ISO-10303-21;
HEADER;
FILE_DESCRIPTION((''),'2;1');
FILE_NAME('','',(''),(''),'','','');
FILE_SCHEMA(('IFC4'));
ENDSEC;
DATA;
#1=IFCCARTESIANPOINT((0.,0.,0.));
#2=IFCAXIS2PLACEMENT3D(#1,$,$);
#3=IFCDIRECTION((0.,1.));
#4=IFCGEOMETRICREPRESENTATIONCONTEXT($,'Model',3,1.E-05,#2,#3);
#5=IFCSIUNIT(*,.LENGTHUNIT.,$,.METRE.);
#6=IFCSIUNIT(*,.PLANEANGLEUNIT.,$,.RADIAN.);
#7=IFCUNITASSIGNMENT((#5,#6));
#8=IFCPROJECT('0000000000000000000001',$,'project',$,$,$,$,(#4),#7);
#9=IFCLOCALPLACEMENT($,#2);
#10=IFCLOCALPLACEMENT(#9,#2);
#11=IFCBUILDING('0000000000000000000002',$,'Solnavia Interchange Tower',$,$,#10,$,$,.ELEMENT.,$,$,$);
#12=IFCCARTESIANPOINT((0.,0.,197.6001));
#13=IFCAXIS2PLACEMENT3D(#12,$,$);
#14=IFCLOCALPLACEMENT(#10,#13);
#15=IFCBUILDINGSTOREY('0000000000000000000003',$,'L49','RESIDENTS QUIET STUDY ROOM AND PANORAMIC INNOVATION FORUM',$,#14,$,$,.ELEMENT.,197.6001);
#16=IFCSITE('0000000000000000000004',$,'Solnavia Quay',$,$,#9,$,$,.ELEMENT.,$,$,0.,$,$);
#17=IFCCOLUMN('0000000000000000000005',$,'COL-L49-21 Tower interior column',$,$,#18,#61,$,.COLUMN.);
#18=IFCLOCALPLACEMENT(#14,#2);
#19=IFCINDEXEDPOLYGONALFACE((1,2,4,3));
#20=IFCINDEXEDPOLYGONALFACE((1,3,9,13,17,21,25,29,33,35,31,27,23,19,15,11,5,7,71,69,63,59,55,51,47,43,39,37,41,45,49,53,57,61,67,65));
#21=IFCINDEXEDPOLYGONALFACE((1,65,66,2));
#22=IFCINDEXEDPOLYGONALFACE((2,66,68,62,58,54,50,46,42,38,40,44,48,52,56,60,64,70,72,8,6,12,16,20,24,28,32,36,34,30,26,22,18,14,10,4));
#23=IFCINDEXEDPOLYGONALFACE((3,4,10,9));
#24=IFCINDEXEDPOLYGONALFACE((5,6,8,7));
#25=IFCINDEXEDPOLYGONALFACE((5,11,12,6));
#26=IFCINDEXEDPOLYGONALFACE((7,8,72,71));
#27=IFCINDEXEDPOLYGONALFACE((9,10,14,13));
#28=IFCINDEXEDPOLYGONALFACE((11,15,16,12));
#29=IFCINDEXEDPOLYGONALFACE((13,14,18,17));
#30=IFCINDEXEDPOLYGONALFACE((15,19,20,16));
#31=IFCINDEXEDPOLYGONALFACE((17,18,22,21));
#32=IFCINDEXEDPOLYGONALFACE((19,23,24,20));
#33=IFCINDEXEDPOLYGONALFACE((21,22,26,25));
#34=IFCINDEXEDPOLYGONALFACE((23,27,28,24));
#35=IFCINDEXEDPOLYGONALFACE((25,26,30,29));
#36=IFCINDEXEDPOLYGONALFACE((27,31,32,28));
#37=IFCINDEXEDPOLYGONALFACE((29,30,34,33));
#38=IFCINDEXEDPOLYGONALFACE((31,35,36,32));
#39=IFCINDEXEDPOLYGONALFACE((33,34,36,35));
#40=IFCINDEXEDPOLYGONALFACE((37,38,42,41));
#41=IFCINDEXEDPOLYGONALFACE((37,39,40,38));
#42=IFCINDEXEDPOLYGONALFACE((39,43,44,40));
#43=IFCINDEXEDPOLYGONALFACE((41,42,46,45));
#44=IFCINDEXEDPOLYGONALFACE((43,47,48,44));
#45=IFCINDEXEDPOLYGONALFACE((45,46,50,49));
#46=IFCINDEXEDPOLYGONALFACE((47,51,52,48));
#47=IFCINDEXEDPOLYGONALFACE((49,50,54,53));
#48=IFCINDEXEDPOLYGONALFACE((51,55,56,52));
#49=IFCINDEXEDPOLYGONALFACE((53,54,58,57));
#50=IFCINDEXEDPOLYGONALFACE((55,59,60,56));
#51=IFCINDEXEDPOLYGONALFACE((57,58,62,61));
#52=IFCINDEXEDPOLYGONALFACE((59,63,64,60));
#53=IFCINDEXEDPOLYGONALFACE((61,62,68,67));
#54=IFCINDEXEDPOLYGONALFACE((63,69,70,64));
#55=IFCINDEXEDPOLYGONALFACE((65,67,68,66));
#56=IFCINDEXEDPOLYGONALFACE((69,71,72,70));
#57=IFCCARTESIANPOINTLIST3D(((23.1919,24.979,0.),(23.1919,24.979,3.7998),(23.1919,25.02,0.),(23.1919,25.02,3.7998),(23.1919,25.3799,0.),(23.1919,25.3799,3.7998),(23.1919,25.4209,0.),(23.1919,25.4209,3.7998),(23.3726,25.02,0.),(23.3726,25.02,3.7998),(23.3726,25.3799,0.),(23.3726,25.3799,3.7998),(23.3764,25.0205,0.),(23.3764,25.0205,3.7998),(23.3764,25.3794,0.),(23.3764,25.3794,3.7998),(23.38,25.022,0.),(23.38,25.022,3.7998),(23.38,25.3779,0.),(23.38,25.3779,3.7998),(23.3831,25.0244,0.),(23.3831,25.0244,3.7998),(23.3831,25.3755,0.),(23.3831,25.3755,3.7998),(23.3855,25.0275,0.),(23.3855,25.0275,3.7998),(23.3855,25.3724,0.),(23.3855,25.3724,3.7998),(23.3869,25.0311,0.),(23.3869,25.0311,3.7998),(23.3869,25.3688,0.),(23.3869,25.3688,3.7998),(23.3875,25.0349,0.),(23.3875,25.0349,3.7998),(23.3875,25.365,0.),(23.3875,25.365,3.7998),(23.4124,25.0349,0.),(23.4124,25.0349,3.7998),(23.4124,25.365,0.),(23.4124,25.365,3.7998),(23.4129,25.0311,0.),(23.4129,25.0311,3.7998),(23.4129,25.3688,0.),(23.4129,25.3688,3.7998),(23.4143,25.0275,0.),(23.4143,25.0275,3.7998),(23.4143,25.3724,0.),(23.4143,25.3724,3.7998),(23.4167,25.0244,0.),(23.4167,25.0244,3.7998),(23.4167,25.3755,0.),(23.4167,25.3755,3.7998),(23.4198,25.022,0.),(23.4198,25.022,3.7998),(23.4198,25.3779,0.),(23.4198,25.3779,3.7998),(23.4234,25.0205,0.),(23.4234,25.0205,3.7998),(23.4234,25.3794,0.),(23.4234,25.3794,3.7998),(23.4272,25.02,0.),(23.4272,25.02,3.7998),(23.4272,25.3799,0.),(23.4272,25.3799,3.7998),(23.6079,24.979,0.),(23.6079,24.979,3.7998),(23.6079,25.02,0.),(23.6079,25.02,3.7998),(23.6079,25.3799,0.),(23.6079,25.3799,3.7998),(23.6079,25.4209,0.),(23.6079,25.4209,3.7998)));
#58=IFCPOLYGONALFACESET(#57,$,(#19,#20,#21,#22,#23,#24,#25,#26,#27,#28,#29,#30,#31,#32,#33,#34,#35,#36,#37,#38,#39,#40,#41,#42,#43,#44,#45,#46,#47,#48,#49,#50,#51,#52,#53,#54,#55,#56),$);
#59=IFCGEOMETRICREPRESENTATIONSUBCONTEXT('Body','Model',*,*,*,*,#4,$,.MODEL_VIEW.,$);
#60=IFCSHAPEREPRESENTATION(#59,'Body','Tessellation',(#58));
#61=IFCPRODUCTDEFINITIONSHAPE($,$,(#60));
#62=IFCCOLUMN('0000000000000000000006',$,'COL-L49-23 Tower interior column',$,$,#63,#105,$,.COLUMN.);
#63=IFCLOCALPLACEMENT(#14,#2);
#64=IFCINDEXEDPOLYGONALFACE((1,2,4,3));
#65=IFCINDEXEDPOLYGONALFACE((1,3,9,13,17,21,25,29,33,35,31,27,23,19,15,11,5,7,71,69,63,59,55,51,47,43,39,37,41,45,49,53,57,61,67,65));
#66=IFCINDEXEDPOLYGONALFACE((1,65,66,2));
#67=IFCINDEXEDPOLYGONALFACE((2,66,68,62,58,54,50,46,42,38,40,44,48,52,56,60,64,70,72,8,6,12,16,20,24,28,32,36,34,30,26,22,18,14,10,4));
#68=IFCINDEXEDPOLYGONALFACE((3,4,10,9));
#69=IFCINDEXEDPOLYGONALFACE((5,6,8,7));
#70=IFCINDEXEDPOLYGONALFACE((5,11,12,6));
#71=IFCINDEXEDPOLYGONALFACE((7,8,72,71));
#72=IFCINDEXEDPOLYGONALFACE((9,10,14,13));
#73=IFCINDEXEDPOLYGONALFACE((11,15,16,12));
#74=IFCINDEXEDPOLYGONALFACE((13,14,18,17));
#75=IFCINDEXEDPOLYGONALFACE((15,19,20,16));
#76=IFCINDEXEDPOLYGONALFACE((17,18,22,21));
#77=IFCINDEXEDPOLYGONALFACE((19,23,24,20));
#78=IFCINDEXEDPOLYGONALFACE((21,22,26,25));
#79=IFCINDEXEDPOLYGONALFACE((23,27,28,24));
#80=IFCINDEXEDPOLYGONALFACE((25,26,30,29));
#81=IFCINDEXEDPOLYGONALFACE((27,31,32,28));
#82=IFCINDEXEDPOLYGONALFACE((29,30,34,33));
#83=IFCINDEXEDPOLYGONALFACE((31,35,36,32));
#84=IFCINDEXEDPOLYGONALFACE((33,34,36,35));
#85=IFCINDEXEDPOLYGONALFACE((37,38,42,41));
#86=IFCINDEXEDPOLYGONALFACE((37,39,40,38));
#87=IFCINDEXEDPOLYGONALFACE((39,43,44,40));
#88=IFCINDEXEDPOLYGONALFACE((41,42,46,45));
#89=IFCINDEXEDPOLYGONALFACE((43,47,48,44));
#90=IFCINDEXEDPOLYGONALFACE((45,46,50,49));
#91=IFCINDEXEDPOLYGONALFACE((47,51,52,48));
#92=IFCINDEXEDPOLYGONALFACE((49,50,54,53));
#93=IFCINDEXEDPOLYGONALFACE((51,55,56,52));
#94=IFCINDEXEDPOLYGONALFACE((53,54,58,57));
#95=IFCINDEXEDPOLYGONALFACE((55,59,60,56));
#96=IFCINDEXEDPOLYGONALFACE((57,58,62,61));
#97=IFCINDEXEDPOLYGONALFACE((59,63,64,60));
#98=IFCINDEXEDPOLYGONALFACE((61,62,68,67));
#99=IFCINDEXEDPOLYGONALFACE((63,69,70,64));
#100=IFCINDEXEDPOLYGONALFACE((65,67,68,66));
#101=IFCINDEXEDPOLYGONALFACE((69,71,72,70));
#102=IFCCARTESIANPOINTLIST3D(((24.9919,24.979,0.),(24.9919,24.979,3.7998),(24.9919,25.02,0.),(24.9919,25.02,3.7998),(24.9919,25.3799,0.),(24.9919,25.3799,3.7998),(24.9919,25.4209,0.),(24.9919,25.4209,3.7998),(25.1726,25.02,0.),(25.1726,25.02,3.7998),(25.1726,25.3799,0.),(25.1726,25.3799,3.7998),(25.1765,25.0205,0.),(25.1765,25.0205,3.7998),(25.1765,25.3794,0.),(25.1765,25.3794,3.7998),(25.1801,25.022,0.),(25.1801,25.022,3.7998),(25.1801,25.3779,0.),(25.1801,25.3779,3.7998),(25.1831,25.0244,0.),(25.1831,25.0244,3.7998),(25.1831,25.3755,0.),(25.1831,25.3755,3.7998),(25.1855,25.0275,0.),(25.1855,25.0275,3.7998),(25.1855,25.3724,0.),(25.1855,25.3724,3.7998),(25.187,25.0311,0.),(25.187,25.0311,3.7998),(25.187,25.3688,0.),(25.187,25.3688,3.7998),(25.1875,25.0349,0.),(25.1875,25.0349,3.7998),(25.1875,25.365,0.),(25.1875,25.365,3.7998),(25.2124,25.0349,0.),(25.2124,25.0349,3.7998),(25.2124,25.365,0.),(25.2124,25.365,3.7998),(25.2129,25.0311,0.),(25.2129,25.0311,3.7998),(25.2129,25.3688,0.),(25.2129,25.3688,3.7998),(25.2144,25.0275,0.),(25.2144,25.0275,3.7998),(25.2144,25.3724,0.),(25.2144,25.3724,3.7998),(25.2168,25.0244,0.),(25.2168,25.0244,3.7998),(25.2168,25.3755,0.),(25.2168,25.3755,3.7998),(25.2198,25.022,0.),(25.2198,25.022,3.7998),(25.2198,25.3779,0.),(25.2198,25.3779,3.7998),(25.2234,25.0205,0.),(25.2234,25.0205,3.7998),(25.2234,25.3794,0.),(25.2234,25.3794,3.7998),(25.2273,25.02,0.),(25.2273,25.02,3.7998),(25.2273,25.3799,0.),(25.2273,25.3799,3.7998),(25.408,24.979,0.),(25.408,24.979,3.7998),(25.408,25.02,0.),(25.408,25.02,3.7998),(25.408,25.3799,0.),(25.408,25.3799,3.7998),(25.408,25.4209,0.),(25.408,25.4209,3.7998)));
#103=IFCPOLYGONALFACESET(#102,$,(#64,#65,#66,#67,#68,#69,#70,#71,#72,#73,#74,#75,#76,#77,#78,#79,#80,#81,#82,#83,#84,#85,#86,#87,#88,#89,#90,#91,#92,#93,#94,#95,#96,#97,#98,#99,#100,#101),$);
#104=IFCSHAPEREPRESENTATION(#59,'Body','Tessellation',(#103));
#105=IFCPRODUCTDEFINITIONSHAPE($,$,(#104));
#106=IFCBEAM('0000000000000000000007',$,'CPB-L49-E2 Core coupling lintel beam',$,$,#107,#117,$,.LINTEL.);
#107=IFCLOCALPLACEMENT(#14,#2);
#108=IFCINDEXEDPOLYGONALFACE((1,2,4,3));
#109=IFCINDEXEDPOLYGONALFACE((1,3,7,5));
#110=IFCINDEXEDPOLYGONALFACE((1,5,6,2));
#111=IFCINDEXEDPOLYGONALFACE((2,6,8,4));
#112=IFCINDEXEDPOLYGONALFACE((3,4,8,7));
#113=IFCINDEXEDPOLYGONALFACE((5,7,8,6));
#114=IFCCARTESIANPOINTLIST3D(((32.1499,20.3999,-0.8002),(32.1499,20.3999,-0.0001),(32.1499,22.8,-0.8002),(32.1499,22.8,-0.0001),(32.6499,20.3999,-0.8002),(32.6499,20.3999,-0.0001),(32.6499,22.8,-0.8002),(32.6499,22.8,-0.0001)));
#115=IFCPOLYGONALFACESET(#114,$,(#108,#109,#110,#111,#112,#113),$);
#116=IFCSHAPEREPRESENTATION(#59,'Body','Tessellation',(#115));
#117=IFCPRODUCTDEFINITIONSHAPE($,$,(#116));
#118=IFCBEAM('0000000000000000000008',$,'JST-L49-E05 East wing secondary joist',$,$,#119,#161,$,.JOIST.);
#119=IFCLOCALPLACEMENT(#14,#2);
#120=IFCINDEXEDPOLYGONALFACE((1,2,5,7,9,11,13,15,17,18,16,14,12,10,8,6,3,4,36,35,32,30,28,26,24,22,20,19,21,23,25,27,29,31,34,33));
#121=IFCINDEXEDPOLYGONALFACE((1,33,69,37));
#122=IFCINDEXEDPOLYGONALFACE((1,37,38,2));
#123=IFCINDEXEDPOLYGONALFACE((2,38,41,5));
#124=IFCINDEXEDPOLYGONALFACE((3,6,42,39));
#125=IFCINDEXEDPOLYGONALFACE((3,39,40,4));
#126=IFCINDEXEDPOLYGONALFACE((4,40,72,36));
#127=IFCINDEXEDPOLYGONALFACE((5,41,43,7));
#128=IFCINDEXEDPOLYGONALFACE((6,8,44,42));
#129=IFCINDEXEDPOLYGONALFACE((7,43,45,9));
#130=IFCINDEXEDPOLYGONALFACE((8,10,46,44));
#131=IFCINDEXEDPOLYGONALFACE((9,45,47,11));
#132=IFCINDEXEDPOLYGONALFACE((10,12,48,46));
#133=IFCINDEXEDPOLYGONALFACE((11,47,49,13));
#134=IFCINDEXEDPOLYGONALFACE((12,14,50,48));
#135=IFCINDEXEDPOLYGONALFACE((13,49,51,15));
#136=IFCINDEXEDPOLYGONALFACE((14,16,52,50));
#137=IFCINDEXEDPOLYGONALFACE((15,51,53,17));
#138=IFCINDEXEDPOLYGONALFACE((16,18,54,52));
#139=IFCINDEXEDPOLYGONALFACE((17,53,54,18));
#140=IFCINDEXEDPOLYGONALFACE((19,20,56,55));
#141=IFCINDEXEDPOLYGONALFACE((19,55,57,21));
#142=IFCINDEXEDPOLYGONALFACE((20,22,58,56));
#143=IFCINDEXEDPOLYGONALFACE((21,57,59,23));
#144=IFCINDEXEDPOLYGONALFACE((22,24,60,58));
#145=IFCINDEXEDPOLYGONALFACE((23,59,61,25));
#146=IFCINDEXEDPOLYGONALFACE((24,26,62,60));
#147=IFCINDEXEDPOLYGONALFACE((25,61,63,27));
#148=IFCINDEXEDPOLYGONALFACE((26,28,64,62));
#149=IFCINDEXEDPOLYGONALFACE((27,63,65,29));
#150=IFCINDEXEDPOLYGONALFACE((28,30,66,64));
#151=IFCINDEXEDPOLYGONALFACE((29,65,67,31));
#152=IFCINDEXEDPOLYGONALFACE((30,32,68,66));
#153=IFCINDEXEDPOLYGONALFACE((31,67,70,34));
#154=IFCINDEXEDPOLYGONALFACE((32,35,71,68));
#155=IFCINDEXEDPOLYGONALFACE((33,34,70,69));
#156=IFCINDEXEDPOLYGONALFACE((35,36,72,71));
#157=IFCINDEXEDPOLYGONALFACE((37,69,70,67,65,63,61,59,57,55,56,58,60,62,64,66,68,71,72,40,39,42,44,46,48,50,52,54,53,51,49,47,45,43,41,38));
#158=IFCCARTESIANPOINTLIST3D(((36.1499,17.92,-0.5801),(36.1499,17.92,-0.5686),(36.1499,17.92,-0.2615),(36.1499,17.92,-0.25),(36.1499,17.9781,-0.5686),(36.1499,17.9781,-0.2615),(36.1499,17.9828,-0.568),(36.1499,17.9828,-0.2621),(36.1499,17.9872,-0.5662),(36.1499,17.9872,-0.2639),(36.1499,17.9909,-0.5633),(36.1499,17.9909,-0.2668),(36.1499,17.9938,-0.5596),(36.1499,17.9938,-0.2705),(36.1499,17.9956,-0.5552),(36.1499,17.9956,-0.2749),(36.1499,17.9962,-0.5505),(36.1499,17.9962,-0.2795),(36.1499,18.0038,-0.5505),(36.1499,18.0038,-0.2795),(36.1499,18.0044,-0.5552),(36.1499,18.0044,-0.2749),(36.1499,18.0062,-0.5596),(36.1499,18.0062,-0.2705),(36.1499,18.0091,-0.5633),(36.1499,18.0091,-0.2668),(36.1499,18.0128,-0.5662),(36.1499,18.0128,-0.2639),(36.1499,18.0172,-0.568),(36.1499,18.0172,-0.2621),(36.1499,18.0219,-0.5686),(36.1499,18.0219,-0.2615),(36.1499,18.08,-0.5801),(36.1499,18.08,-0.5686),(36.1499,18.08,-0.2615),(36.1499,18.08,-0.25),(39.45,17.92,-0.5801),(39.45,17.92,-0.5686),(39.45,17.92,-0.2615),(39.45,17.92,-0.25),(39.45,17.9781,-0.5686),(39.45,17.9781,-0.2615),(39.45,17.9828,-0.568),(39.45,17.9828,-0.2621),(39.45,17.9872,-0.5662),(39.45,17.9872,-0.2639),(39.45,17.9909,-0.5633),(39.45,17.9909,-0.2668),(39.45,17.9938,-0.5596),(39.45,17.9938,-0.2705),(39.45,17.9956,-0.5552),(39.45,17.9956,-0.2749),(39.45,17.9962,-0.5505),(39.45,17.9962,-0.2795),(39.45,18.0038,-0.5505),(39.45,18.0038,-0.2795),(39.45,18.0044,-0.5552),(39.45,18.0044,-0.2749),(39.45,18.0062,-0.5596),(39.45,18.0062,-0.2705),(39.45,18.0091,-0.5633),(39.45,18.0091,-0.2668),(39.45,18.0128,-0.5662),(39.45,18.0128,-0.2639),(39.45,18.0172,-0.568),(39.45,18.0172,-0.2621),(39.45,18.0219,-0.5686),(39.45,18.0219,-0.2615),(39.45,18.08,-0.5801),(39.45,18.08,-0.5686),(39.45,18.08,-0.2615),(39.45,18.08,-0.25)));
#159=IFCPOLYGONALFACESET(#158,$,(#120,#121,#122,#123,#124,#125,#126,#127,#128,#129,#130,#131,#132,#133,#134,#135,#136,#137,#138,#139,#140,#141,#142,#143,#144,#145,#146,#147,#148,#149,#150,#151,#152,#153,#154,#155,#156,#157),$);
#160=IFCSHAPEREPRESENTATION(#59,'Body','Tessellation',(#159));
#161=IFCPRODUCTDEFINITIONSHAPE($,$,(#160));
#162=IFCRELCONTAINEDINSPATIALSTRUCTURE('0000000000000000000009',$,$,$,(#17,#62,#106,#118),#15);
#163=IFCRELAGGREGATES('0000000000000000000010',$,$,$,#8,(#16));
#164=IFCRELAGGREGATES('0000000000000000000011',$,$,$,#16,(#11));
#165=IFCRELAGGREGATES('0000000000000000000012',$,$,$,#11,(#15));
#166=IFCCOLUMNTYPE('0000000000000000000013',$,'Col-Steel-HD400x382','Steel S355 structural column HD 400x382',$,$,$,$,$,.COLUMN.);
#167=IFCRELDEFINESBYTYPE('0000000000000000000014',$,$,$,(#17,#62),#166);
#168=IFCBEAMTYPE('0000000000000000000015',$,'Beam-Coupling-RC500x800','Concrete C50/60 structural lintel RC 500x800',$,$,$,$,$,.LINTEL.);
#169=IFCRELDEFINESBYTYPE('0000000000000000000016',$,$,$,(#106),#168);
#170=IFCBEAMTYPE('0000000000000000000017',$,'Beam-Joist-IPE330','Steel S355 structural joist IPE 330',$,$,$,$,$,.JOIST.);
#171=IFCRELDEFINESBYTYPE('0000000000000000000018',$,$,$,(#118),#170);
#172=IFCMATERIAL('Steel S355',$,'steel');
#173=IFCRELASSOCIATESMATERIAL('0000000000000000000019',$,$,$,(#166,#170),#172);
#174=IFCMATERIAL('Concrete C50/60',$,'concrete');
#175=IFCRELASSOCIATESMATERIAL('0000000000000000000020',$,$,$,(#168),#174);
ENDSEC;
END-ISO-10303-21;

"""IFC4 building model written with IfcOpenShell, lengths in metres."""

from ifc_helpers import new_model, si_unit, direction, frame, origin, origin_2d, place, context, subcontext, project, spatial, rectangle, i_section, extrude, material, material_profile, profile_set, type_object, element, save


model = new_model("IFC4")

# Units and contexts
model_context = context("Model", 3, precision=1e-05, world=origin(), true_north=direction((0.0, 1.0)))
body_context = subcontext(model_context, "Body", "Model", "MODEL_VIEW")
ifc_project = project(units=[si_unit("LENGTHUNIT", "METRE"), si_unit("PLANEANGLEUNIT", "RADIAN")], contexts=[model_context])

# Site, building, storey
site_placement = place(None, origin())
site = spatial("IfcSite", under=ifc_project, at=site_placement, Name="Solnavia Quay", CompositionType="ELEMENT", RefElevation=0.0)
building_placement = place(site_placement, origin())
building = spatial("IfcBuilding", under=site, at=building_placement, Name="Solnavia Interchange Tower", CompositionType="ELEMENT")
storey_placement = place(building_placement, frame((0.0, 0.0, 197.6001)))
storey = spatial("IfcBuildingStorey", under=building, at=storey_placement, Name="L49", Description="RESIDENTS QUIET STUDY ROOM AND PANORAMIC INNOVATION FORUM", CompositionType="ELEMENT", Elevation=197.6001)

# Columns
ifc_material_1 = material(Name="Steel S355", Category="steel")
ifc_material_profile_1 = material_profile(ifc_material_1, i_section(OverallWidth=0.416, OverallDepth=0.4419, WebThickness=0.0249, FlangeThickness=0.041, FilletRadius=0.0149, at=origin_2d()), Name="HD 400x382")
ifc_profile_set_1 = profile_set([ifc_material_profile_1], Name="Steel S355")
column_type = type_object("IfcColumnType", Name="Col-Steel-HD400x382", Description="Steel S355 structural column HD 400x382", PredefinedType="COLUMN", material=ifc_profile_set_1)
for number, where, z_axis, x_axis, name in (
    (1, (23.3999, 25.2, 0.0), (0.0, 0.0, 1.0), (1.0, 0.0, 0.0), "COL-L49-21 Tower interior column"),
    (2, (25.2, 25.2, 0.0), (0.0, 0.0, 1.0), (1.0, 0.0, 0.0), "COL-L49-23 Tower interior column"),
):
    element("IfcColumn", number, at=place(storey_placement, frame(where, z_axis=z_axis, x_axis=x_axis)), inside=storey, type_object=column_type, Name=name, PredefinedType="COLUMN", context=body_context, shape_type="SweptSolid", body=[
        extrude(i_section(OverallWidth=0.416, OverallDepth=0.4419, WebThickness=0.0249, FlangeThickness=0.041, FilletRadius=0.0149, at=origin_2d()), origin(), (0.0, 0.0, 1.0), 3.7998),
    ])

# Beams
ifc_material_2 = material(Name="Concrete C50/60", Category="concrete")
ifc_material_profile_2 = material_profile(ifc_material_2, rectangle(XDim=0.5, YDim=0.8, at=origin_2d()), Name="RC 500x800")
ifc_profile_set_2 = profile_set([ifc_material_profile_2], Name="Concrete C50/60")
beam_type_1 = type_object("IfcBeamType", Name="Beam-Coupling-RC500x800", Description="Concrete C50/60 structural lintel RC 500x800", PredefinedType="LINTEL", material=ifc_profile_set_2)
beam_1_placement = place(storey_placement, frame((32.3999, 20.3999, -0.4001), z_axis=(0.0, 1.0, 0.0), x_axis=(-1.0, 0.0, 0.0)))
element("IfcBeam", 3, at=beam_1_placement, inside=storey, type_object=beam_type_1, Name="CPB-L49-E2 Core coupling lintel beam", PredefinedType="LINTEL", context=body_context, shape_type="SweptSolid", body=[
    extrude(rectangle(XDim=0.5, YDim=0.8, at=origin_2d()), origin(), (0.0, 0.0, 1.0), 2.4001),
])
ifc_material_profile_3 = material_profile(ifc_material_1, i_section(OverallWidth=0.1599, OverallDepth=0.3301, WebThickness=0.0076, FlangeThickness=0.0115, FilletRadius=0.0181, at=origin_2d()), Name="IPE 330")
ifc_profile_set_3 = profile_set([ifc_material_profile_3], Name="Steel S355")
beam_type_2 = type_object("IfcBeamType", Name="Beam-Joist-IPE330", Description="Steel S355 structural joist IPE 330", PredefinedType="JOIST", material=ifc_profile_set_3)
beam_2_placement = place(storey_placement, frame((36.1499, 18.0, -0.415), z_axis=(1.0, 0.0, 0.0), x_axis=(0.0, 1.0, 0.0)))
element("IfcBeam", 4, at=beam_2_placement, inside=storey, type_object=beam_type_2, Name="JST-L49-E05 East wing secondary joist", PredefinedType="JOIST", context=body_context, shape_type="SweptSolid", body=[
    extrude(i_section(OverallWidth=0.1599, OverallDepth=0.3301, WebThickness=0.0076, FlangeThickness=0.0115, FilletRadius=0.0181, at=origin_2d()), origin(), (0.0, 0.0, 1.0), 3.3),
])

save(model, "model.ifc")
